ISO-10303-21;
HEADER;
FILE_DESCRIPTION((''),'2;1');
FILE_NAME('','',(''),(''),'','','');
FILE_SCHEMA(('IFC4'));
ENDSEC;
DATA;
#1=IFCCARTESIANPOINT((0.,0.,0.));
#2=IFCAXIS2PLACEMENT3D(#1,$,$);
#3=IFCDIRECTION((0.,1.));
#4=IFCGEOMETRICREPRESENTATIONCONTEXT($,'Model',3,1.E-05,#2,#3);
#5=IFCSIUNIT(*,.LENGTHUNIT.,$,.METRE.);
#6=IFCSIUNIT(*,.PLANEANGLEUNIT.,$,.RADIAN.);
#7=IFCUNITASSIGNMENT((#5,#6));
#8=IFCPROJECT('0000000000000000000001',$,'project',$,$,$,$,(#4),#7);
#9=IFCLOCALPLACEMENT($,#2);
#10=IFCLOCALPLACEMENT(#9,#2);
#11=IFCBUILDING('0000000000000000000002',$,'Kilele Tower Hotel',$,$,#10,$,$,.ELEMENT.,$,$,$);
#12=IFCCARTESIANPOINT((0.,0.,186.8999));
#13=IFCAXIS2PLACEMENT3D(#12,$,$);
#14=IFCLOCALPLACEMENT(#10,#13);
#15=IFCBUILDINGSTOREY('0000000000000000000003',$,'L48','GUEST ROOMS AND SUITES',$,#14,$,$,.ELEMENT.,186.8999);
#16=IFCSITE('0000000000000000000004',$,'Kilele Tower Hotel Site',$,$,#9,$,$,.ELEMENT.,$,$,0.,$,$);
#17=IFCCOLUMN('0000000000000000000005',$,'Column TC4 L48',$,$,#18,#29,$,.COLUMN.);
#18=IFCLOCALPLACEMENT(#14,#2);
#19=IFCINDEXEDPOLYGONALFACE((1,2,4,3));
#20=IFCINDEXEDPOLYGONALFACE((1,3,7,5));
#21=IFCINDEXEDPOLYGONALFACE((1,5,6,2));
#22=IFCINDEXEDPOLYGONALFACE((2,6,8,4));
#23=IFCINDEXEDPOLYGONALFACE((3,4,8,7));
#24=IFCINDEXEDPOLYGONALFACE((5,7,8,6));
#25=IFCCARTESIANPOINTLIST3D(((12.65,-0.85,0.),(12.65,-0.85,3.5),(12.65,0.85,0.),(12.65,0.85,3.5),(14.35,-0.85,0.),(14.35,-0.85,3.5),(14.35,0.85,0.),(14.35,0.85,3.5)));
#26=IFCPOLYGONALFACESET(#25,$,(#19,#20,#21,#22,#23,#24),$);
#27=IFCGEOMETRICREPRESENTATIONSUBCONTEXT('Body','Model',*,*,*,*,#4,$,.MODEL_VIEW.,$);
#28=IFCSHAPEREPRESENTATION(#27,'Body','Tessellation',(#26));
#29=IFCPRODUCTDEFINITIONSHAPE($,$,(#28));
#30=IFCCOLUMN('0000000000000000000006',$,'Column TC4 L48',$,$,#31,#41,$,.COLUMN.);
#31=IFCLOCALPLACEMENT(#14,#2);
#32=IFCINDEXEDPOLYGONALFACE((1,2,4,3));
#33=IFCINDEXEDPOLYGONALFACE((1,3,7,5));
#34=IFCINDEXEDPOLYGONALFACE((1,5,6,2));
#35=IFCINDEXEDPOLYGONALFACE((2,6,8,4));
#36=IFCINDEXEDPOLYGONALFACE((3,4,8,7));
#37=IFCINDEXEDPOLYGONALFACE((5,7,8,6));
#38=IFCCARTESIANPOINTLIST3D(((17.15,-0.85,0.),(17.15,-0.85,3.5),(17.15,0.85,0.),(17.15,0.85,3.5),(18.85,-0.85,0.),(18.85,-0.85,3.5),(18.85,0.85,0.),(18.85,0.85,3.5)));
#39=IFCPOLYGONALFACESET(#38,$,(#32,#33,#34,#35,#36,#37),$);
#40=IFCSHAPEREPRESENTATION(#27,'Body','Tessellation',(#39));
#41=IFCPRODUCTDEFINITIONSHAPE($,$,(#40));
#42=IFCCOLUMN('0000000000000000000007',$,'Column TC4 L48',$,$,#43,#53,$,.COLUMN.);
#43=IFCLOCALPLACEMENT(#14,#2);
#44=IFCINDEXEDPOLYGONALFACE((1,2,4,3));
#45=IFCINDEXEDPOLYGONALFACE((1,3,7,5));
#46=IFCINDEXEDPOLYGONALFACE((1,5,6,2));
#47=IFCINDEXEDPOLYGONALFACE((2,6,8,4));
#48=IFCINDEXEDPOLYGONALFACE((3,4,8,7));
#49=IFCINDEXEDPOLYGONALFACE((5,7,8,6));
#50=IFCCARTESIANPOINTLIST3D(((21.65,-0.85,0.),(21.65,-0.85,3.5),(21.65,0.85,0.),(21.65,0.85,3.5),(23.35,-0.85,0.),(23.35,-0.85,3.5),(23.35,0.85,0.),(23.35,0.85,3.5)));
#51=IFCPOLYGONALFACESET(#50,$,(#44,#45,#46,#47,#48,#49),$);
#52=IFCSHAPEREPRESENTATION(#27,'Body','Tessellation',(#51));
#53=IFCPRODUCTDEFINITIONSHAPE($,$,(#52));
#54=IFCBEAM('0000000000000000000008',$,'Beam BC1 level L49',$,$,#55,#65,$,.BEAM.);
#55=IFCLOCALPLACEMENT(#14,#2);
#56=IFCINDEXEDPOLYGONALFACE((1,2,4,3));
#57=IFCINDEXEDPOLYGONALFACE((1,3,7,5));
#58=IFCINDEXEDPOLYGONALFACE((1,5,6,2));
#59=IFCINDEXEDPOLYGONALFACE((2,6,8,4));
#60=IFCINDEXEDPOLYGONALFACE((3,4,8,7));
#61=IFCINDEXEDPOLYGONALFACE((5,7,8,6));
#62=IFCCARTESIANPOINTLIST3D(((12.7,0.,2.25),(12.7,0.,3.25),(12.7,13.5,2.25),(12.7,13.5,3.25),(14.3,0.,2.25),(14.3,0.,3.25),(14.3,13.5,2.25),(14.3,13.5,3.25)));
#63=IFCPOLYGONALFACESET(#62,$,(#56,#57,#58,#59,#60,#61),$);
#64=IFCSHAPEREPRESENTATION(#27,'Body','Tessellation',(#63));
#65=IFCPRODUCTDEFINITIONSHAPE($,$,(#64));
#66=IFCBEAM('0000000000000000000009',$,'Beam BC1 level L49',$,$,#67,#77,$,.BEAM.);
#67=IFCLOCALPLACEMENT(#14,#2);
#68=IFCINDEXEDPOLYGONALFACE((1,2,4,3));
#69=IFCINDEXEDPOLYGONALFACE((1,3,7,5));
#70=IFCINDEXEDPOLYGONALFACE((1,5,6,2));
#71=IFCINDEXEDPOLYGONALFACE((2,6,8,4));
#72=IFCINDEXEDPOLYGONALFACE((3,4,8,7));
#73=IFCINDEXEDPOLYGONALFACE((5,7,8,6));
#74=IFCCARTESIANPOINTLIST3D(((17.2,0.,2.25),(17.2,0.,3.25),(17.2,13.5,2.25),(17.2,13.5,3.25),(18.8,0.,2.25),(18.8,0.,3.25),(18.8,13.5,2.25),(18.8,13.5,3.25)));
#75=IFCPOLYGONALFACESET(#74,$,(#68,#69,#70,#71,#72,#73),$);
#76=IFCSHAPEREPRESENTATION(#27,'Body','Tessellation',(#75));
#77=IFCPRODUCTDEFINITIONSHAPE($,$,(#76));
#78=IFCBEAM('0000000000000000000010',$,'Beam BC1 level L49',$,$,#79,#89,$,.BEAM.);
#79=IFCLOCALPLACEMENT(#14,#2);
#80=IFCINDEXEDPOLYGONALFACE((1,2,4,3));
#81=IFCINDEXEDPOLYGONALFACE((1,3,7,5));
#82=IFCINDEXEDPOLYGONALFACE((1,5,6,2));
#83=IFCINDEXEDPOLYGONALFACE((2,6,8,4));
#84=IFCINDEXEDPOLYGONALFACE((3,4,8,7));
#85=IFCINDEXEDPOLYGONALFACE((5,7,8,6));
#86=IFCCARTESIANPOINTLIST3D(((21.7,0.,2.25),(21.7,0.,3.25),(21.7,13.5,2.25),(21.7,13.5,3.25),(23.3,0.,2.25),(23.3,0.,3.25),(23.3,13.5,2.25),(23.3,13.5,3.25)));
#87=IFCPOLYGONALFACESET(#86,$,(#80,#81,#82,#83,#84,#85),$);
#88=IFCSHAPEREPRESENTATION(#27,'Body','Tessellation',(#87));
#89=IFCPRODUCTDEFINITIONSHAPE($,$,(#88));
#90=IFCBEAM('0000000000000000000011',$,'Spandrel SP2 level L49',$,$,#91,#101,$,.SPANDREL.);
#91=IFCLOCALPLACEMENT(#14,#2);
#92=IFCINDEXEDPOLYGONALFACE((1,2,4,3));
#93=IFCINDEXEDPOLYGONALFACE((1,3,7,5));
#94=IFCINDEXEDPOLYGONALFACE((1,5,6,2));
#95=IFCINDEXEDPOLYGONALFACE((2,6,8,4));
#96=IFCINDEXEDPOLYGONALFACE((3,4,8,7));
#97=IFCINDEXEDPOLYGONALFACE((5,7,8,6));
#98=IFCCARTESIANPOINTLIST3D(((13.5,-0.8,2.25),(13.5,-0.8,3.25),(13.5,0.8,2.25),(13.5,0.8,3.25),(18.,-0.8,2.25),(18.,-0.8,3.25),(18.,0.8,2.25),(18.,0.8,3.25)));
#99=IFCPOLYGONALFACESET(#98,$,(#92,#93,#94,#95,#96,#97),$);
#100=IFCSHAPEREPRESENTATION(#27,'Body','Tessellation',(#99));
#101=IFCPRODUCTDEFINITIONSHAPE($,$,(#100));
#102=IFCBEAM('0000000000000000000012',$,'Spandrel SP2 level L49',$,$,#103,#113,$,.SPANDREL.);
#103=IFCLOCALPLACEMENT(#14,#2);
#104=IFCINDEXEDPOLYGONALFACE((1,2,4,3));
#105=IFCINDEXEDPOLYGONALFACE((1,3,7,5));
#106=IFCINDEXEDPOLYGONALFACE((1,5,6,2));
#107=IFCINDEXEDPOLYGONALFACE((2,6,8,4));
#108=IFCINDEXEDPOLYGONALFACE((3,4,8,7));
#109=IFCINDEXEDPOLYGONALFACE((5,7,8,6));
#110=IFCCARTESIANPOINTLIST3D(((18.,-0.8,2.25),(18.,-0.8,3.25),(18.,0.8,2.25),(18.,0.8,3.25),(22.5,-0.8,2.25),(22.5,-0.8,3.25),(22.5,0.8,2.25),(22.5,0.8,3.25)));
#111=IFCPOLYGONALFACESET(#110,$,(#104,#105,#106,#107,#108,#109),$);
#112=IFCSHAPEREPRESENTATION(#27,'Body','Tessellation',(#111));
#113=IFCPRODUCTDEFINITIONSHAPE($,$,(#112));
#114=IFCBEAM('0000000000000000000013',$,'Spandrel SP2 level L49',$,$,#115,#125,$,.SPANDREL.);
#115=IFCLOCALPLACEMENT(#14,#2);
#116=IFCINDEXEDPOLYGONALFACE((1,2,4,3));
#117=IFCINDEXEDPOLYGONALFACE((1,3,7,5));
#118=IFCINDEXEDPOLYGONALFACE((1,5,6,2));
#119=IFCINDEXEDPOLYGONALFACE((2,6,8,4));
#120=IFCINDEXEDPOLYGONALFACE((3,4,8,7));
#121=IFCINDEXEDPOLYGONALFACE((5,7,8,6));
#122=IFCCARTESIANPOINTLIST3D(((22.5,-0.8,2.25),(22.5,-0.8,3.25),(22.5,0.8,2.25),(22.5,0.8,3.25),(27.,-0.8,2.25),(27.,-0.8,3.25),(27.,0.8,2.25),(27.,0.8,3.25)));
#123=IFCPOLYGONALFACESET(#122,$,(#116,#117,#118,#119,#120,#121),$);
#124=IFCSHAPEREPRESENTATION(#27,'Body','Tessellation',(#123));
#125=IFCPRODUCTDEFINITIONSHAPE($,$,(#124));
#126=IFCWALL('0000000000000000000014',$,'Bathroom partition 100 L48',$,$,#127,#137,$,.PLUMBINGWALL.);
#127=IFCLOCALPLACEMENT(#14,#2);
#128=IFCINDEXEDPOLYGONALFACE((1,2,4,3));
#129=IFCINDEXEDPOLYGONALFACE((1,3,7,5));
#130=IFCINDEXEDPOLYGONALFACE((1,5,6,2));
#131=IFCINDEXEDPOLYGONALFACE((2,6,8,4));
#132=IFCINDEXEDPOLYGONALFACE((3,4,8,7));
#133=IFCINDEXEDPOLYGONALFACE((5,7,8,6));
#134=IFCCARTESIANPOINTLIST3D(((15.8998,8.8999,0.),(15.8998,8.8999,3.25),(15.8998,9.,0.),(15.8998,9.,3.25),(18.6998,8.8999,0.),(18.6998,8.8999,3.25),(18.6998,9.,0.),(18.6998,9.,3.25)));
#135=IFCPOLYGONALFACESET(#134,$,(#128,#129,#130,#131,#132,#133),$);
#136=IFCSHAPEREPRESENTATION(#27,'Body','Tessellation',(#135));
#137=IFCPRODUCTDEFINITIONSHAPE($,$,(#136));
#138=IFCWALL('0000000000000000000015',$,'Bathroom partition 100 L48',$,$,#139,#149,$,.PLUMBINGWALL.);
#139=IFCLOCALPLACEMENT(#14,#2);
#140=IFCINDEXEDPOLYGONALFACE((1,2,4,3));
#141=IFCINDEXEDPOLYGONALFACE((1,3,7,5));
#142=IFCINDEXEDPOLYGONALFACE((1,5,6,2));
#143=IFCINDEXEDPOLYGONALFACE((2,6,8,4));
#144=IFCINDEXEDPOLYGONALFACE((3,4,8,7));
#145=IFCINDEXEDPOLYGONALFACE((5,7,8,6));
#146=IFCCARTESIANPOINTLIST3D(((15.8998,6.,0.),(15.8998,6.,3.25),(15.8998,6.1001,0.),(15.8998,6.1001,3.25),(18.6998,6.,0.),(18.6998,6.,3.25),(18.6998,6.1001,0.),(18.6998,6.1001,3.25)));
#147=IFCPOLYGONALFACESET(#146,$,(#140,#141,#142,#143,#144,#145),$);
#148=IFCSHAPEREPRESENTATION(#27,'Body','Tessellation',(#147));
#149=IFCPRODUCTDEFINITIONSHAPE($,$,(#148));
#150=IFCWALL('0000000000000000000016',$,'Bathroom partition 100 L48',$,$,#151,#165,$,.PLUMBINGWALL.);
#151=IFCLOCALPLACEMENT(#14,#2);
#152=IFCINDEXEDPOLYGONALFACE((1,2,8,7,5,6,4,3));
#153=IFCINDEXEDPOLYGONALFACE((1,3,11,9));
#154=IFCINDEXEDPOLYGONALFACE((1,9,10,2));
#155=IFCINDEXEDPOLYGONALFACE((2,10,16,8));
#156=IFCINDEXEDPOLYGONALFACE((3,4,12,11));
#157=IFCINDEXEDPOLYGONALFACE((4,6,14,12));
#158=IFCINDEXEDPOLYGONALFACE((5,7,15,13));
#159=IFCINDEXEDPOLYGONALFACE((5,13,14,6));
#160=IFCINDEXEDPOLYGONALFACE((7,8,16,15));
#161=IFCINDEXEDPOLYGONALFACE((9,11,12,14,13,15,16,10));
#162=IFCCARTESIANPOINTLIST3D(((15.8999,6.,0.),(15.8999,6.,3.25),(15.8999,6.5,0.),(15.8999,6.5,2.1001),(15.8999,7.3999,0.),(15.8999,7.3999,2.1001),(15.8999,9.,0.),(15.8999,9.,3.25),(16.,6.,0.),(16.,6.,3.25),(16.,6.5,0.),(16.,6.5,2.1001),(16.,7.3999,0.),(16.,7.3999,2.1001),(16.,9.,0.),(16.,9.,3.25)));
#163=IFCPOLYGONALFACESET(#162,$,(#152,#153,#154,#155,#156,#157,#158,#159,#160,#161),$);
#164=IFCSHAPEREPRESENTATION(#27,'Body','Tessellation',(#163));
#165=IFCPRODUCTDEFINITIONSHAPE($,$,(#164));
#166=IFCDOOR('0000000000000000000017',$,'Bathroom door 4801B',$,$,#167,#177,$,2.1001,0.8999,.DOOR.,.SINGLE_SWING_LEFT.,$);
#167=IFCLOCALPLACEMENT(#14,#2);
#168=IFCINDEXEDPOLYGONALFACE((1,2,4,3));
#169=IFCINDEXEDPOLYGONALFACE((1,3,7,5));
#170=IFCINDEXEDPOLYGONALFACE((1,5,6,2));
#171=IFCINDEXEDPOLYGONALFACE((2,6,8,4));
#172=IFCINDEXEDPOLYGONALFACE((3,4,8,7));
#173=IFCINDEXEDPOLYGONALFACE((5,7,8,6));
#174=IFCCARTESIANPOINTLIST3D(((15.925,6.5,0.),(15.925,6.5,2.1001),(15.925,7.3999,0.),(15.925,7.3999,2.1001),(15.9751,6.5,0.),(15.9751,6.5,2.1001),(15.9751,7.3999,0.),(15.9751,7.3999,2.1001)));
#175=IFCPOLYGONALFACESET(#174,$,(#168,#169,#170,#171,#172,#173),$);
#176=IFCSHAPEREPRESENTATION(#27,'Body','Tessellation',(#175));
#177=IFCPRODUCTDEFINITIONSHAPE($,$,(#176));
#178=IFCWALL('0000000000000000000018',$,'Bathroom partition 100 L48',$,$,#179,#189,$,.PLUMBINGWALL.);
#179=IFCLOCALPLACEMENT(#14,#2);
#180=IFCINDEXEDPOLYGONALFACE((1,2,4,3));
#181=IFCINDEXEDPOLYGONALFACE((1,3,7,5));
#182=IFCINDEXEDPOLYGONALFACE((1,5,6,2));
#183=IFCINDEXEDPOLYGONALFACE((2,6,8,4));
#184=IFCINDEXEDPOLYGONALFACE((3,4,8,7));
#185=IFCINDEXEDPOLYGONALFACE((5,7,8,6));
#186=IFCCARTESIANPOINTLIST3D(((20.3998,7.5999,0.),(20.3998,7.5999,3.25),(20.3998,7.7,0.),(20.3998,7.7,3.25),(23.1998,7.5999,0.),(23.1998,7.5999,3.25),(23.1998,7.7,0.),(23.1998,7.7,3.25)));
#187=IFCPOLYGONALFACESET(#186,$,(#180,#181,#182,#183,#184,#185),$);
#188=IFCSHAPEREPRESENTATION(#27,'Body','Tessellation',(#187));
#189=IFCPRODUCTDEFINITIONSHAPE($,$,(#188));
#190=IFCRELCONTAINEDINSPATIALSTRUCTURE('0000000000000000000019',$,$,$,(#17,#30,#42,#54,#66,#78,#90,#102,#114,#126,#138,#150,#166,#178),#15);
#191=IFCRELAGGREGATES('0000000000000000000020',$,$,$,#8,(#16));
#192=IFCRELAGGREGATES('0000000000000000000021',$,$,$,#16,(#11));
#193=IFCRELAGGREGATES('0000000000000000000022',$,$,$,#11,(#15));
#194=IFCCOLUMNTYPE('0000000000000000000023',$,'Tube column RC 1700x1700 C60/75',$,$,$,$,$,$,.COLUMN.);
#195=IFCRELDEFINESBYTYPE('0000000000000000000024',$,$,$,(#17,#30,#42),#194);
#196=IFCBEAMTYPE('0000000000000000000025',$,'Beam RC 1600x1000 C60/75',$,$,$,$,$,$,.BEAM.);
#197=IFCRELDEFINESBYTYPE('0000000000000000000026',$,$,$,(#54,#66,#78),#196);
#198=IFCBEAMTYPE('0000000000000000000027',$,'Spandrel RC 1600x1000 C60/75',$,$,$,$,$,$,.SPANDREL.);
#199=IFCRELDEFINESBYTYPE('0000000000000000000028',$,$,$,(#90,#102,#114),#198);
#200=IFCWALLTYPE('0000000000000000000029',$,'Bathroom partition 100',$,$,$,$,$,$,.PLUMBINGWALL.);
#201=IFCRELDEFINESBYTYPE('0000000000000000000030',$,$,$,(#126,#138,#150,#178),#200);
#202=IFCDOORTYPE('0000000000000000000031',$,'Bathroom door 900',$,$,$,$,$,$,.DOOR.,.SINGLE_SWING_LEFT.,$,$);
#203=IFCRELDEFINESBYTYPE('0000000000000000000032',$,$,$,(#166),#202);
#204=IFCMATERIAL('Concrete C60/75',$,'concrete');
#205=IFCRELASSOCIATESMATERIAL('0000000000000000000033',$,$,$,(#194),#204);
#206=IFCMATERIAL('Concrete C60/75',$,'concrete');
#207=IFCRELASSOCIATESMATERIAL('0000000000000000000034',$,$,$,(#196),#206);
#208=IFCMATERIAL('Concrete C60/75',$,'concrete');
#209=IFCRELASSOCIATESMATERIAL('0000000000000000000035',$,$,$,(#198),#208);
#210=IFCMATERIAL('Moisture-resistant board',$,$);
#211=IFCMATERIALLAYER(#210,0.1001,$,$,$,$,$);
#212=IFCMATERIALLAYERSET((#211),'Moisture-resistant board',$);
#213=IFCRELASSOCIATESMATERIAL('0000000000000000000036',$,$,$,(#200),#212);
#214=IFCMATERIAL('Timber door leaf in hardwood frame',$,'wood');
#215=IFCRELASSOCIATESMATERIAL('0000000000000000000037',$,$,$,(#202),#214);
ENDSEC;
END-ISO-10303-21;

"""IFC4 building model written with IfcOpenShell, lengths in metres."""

from ifc_helpers import new_model, si_unit, direction, frame, frame_2d, origin, origin_2d, place, context, subcontext, project, spatial, rectangle, extrude, material, layer, layer_set, material_profile, profile_set, type_object, element, fill, save


model = new_model("IFC4")

# Units and contexts
model_context = context("Model", 3, precision=1e-05, world=origin(), true_north=direction((0.0, 1.0)))
body_context = subcontext(model_context, "Body", "Model", "MODEL_VIEW")
ifc_project = project(units=[si_unit("LENGTHUNIT", "METRE"), si_unit("PLANEANGLEUNIT", "RADIAN")], contexts=[model_context])

# Site, building, storey
site_placement = place(None, origin())
site = spatial("IfcSite", under=ifc_project, at=site_placement, Name="Kilele Tower Hotel Site", CompositionType="ELEMENT", RefElevation=0.0)
building_placement = place(site_placement, origin())
building = spatial("IfcBuilding", under=site, at=building_placement, Name="Kilele Tower Hotel", CompositionType="ELEMENT")
storey_placement = place(building_placement, frame((0.0, 0.0, 186.8999)))
storey = spatial("IfcBuildingStorey", under=building, at=storey_placement, Name="L48", Description="GUEST ROOMS AND SUITES", CompositionType="ELEMENT", Elevation=186.8999)

# Columns
ifc_material_1 = material(Name="Concrete C60/75", Category="concrete")
ifc_material_profile_1 = material_profile(ifc_material_1, rectangle(XDim=1.7, YDim=1.7, at=origin_2d()))
ifc_profile_set_1 = profile_set([ifc_material_profile_1], Name="Concrete C60/75")
column_type = type_object("IfcColumnType", Name="Tube column RC 1700x1700 C60/75", PredefinedType="COLUMN", material=ifc_profile_set_1)
for number, where, z_axis, x_axis, name in (
    (1, (13.5, 0.0, 0.0), (0.0, 0.0, 1.0), (1.0, 0.0, 0.0), "Column TC4 L48"),
    (2, (18.0, 0.0, 0.0), (0.0, 0.0, 1.0), (1.0, 0.0, 0.0), "Column TC4 L48"),
    (3, (22.5, 0.0, 0.0), (0.0, 0.0, 1.0), (1.0, 0.0, 0.0), "Column TC4 L48"),
):
    element("IfcColumn", number, at=place(storey_placement, frame(where, z_axis=z_axis, x_axis=x_axis)), inside=storey, type_object=column_type, Name=name, PredefinedType="COLUMN", context=body_context, shape_type="SweptSolid", body=[
        extrude(rectangle(XDim=1.7, YDim=1.7, at=origin_2d()), origin(), (0.0, 0.0, 1.0), 3.5),
    ])

# Beams
ifc_material_2 = material(Name="Concrete C60/75", Category="concrete")
ifc_material_profile_2 = material_profile(ifc_material_2, rectangle(XDim=1.6001, YDim=1.0, at=origin_2d()))
ifc_profile_set_2 = profile_set([ifc_material_profile_2], Name="Concrete C60/75")
beam_type_1 = type_object("IfcBeamType", Name="Beam RC 1600x1000 C60/75", PredefinedType="BEAM", material=ifc_profile_set_2)
for number, where, z_axis, x_axis, name in (
    (4, (13.5, 0.0, 2.75), (0.0, 1.0, 0.0), (-1.0, 0.0, 0.0), "Beam BC1 level L49"),
    (5, (18.0, 0.0, 2.75), (0.0, 1.0, 0.0), (-1.0, 0.0, 0.0), "Beam BC1 level L49"),
    (6, (22.5, 0.0, 2.75), (0.0, 1.0, 0.0), (-1.0, 0.0, 0.0), "Beam BC1 level L49"),
):
    element("IfcBeam", number, at=place(storey_placement, frame(where, z_axis=z_axis, x_axis=x_axis)), inside=storey, type_object=beam_type_1, Name=name, PredefinedType="BEAM", context=body_context, shape_type="SweptSolid", body=[
        extrude(rectangle(XDim=1.6001, YDim=1.0, at=origin_2d()), origin(), (0.0, 0.0, 1.0), 13.5),
    ])
ifc_material_3 = material(Name="Concrete C60/75", Category="concrete")
ifc_material_profile_3 = material_profile(ifc_material_3, rectangle(XDim=1.6001, YDim=1.0, at=origin_2d()))
ifc_profile_set_3 = profile_set([ifc_material_profile_3], Name="Concrete C60/75")
beam_type_2 = type_object("IfcBeamType", Name="Spandrel RC 1600x1000 C60/75", PredefinedType="SPANDREL", material=ifc_profile_set_3)
for number, where, z_axis, x_axis, name in (
    (7, (13.5, 0.0, 2.75), (1.0, 0.0, 0.0), (0.0, 1.0, 0.0), "Spandrel SP2 level L49"),
    (8, (18.0, 0.0, 2.75), (1.0, 0.0, 0.0), (0.0, 1.0, 0.0), "Spandrel SP2 level L49"),
    (9, (22.5, 0.0, 2.75), (1.0, 0.0, 0.0), (0.0, 1.0, 0.0), "Spandrel SP2 level L49"),
):
    element("IfcBeam", number, at=place(storey_placement, frame(where, z_axis=z_axis, x_axis=x_axis)), inside=storey, type_object=beam_type_2, Name=name, PredefinedType="SPANDREL", context=body_context, shape_type="SweptSolid", body=[
        extrude(rectangle(XDim=1.6001, YDim=1.0, at=origin_2d()), origin(), (0.0, 0.0, 1.0), 4.5),
    ])

# Walls
ifc_material_4 = material(Name="Moisture-resistant board")
ifc_layer_1 = layer(ifc_material_4, 0.1001)
ifc_layer_set_1 = layer_set([ifc_layer_1], Name="Moisture-resistant board")
wall_type_1 = type_object("IfcWallType", Name="Bathroom partition 100", PredefinedType="PLUMBINGWALL", material=ifc_layer_set_1)
for number, where, z_axis, x_axis, name in (
    (10, (15.8999, 8.95, 0.0), (0.0, 0.0, 1.0), (1.0, 0.0, 0.0), "Bathroom partition 100 L48"),
    (11, (15.8999, 6.05, 0.0), (0.0, 0.0, 1.0), (1.0, 0.0, 0.0), "Bathroom partition 100 L48"),
):
    element("IfcWall", number, at=place(storey_placement, frame(where, z_axis=z_axis, x_axis=x_axis)), inside=storey, type_object=wall_type_1, Name=name, PredefinedType="PLUMBINGWALL", context=body_context, shape_type="SweptSolid", body=[
        extrude(rectangle(XDim=2.8, YDim=0.1001, at=frame_2d((1.3999, 0.0))), origin(), (0.0, 0.0, 1.0), 3.25),
    ])

# Wall, opening, door
wall_1_placement = place(storey_placement, frame((15.95, 9.0, 0.0), z_axis=(0.0, 0.0, 1.0), x_axis=(0.0, -1.0, 0.0)))
wall_1 = element("IfcWall", 12, at=wall_1_placement, inside=storey, type_object=wall_type_1, Name="Bathroom partition 100 L48", PredefinedType="PLUMBINGWALL", context=body_context, shape_type="SweptSolid", body=[
    extrude(rectangle(XDim=3.0, YDim=0.1001, at=frame_2d((1.5, 0.0))), origin(), (0.0, 0.0, 1.0), 3.25),
])
opening_1_placement = place(wall_1_placement, frame((2.5, 0.0, 0.0), z_axis=(0.0, 0.0, 1.0), x_axis=(-1.0, 0.0, 0.0)))
opening_1 = element("IfcOpeningElement", 13, at=opening_1_placement, cuts=wall_1, PredefinedType="OPENING", context=body_context, shape_type="SweptSolid", body=[
    extrude(rectangle(XDim=0.8999, YDim=2.1001, at=frame_2d((0.45, 1.05))), frame((0.0, 0.0601, 0.0), z_axis=(0.0, -1.0, 0.0), x_axis=(1.0, 0.0, 0.0)), (0.0, 0.0, 1.0), 0.1201),
])
ifc_material_5 = material(Name="Timber door leaf in hardwood frame", Category="wood")
door_type_1 = type_object("IfcDoorType", Name="Bathroom door 900", OperationType="SINGLE_SWING_LEFT", PredefinedType="DOOR", material=ifc_material_5)
door_1_placement = place(opening_1_placement, origin())
door_1 = element("IfcDoor", 14, at=door_1_placement, inside=storey, type_object=door_type_1, Name="Bathroom door 4801B", OperationType="SINGLE_SWING_LEFT", OverallHeight=2.1001, OverallWidth=0.8999, PredefinedType="DOOR", context=body_context, shape_type="SweptSolid", body=[
    extrude(rectangle(XDim=0.8999, YDim=2.1001, at=frame_2d((0.45, 1.05))), frame((0.0, 0.0249, 0.0), z_axis=(0.0, -1.0, 0.0), x_axis=(1.0, 0.0, 0.0)), (0.0, 0.0, 1.0), 0.05),
])
fill(opening_1, door_1)

# Wall
wall_2_placement = place(storey_placement, frame((20.3999, 7.6499, 0.0), z_axis=(0.0, 0.0, 1.0), x_axis=(1.0, 0.0, 0.0)))
element("IfcWall", 15, at=wall_2_placement, inside=storey, type_object=wall_type_1, Name="Bathroom partition 100 L48", PredefinedType="PLUMBINGWALL", context=body_context, shape_type="SweptSolid", body=[
    extrude(rectangle(XDim=2.8, YDim=0.1001, at=frame_2d((1.3999, 0.0))), origin(), (0.0, 0.0, 1.0), 3.25),
])

save(model, "model.ifc")
